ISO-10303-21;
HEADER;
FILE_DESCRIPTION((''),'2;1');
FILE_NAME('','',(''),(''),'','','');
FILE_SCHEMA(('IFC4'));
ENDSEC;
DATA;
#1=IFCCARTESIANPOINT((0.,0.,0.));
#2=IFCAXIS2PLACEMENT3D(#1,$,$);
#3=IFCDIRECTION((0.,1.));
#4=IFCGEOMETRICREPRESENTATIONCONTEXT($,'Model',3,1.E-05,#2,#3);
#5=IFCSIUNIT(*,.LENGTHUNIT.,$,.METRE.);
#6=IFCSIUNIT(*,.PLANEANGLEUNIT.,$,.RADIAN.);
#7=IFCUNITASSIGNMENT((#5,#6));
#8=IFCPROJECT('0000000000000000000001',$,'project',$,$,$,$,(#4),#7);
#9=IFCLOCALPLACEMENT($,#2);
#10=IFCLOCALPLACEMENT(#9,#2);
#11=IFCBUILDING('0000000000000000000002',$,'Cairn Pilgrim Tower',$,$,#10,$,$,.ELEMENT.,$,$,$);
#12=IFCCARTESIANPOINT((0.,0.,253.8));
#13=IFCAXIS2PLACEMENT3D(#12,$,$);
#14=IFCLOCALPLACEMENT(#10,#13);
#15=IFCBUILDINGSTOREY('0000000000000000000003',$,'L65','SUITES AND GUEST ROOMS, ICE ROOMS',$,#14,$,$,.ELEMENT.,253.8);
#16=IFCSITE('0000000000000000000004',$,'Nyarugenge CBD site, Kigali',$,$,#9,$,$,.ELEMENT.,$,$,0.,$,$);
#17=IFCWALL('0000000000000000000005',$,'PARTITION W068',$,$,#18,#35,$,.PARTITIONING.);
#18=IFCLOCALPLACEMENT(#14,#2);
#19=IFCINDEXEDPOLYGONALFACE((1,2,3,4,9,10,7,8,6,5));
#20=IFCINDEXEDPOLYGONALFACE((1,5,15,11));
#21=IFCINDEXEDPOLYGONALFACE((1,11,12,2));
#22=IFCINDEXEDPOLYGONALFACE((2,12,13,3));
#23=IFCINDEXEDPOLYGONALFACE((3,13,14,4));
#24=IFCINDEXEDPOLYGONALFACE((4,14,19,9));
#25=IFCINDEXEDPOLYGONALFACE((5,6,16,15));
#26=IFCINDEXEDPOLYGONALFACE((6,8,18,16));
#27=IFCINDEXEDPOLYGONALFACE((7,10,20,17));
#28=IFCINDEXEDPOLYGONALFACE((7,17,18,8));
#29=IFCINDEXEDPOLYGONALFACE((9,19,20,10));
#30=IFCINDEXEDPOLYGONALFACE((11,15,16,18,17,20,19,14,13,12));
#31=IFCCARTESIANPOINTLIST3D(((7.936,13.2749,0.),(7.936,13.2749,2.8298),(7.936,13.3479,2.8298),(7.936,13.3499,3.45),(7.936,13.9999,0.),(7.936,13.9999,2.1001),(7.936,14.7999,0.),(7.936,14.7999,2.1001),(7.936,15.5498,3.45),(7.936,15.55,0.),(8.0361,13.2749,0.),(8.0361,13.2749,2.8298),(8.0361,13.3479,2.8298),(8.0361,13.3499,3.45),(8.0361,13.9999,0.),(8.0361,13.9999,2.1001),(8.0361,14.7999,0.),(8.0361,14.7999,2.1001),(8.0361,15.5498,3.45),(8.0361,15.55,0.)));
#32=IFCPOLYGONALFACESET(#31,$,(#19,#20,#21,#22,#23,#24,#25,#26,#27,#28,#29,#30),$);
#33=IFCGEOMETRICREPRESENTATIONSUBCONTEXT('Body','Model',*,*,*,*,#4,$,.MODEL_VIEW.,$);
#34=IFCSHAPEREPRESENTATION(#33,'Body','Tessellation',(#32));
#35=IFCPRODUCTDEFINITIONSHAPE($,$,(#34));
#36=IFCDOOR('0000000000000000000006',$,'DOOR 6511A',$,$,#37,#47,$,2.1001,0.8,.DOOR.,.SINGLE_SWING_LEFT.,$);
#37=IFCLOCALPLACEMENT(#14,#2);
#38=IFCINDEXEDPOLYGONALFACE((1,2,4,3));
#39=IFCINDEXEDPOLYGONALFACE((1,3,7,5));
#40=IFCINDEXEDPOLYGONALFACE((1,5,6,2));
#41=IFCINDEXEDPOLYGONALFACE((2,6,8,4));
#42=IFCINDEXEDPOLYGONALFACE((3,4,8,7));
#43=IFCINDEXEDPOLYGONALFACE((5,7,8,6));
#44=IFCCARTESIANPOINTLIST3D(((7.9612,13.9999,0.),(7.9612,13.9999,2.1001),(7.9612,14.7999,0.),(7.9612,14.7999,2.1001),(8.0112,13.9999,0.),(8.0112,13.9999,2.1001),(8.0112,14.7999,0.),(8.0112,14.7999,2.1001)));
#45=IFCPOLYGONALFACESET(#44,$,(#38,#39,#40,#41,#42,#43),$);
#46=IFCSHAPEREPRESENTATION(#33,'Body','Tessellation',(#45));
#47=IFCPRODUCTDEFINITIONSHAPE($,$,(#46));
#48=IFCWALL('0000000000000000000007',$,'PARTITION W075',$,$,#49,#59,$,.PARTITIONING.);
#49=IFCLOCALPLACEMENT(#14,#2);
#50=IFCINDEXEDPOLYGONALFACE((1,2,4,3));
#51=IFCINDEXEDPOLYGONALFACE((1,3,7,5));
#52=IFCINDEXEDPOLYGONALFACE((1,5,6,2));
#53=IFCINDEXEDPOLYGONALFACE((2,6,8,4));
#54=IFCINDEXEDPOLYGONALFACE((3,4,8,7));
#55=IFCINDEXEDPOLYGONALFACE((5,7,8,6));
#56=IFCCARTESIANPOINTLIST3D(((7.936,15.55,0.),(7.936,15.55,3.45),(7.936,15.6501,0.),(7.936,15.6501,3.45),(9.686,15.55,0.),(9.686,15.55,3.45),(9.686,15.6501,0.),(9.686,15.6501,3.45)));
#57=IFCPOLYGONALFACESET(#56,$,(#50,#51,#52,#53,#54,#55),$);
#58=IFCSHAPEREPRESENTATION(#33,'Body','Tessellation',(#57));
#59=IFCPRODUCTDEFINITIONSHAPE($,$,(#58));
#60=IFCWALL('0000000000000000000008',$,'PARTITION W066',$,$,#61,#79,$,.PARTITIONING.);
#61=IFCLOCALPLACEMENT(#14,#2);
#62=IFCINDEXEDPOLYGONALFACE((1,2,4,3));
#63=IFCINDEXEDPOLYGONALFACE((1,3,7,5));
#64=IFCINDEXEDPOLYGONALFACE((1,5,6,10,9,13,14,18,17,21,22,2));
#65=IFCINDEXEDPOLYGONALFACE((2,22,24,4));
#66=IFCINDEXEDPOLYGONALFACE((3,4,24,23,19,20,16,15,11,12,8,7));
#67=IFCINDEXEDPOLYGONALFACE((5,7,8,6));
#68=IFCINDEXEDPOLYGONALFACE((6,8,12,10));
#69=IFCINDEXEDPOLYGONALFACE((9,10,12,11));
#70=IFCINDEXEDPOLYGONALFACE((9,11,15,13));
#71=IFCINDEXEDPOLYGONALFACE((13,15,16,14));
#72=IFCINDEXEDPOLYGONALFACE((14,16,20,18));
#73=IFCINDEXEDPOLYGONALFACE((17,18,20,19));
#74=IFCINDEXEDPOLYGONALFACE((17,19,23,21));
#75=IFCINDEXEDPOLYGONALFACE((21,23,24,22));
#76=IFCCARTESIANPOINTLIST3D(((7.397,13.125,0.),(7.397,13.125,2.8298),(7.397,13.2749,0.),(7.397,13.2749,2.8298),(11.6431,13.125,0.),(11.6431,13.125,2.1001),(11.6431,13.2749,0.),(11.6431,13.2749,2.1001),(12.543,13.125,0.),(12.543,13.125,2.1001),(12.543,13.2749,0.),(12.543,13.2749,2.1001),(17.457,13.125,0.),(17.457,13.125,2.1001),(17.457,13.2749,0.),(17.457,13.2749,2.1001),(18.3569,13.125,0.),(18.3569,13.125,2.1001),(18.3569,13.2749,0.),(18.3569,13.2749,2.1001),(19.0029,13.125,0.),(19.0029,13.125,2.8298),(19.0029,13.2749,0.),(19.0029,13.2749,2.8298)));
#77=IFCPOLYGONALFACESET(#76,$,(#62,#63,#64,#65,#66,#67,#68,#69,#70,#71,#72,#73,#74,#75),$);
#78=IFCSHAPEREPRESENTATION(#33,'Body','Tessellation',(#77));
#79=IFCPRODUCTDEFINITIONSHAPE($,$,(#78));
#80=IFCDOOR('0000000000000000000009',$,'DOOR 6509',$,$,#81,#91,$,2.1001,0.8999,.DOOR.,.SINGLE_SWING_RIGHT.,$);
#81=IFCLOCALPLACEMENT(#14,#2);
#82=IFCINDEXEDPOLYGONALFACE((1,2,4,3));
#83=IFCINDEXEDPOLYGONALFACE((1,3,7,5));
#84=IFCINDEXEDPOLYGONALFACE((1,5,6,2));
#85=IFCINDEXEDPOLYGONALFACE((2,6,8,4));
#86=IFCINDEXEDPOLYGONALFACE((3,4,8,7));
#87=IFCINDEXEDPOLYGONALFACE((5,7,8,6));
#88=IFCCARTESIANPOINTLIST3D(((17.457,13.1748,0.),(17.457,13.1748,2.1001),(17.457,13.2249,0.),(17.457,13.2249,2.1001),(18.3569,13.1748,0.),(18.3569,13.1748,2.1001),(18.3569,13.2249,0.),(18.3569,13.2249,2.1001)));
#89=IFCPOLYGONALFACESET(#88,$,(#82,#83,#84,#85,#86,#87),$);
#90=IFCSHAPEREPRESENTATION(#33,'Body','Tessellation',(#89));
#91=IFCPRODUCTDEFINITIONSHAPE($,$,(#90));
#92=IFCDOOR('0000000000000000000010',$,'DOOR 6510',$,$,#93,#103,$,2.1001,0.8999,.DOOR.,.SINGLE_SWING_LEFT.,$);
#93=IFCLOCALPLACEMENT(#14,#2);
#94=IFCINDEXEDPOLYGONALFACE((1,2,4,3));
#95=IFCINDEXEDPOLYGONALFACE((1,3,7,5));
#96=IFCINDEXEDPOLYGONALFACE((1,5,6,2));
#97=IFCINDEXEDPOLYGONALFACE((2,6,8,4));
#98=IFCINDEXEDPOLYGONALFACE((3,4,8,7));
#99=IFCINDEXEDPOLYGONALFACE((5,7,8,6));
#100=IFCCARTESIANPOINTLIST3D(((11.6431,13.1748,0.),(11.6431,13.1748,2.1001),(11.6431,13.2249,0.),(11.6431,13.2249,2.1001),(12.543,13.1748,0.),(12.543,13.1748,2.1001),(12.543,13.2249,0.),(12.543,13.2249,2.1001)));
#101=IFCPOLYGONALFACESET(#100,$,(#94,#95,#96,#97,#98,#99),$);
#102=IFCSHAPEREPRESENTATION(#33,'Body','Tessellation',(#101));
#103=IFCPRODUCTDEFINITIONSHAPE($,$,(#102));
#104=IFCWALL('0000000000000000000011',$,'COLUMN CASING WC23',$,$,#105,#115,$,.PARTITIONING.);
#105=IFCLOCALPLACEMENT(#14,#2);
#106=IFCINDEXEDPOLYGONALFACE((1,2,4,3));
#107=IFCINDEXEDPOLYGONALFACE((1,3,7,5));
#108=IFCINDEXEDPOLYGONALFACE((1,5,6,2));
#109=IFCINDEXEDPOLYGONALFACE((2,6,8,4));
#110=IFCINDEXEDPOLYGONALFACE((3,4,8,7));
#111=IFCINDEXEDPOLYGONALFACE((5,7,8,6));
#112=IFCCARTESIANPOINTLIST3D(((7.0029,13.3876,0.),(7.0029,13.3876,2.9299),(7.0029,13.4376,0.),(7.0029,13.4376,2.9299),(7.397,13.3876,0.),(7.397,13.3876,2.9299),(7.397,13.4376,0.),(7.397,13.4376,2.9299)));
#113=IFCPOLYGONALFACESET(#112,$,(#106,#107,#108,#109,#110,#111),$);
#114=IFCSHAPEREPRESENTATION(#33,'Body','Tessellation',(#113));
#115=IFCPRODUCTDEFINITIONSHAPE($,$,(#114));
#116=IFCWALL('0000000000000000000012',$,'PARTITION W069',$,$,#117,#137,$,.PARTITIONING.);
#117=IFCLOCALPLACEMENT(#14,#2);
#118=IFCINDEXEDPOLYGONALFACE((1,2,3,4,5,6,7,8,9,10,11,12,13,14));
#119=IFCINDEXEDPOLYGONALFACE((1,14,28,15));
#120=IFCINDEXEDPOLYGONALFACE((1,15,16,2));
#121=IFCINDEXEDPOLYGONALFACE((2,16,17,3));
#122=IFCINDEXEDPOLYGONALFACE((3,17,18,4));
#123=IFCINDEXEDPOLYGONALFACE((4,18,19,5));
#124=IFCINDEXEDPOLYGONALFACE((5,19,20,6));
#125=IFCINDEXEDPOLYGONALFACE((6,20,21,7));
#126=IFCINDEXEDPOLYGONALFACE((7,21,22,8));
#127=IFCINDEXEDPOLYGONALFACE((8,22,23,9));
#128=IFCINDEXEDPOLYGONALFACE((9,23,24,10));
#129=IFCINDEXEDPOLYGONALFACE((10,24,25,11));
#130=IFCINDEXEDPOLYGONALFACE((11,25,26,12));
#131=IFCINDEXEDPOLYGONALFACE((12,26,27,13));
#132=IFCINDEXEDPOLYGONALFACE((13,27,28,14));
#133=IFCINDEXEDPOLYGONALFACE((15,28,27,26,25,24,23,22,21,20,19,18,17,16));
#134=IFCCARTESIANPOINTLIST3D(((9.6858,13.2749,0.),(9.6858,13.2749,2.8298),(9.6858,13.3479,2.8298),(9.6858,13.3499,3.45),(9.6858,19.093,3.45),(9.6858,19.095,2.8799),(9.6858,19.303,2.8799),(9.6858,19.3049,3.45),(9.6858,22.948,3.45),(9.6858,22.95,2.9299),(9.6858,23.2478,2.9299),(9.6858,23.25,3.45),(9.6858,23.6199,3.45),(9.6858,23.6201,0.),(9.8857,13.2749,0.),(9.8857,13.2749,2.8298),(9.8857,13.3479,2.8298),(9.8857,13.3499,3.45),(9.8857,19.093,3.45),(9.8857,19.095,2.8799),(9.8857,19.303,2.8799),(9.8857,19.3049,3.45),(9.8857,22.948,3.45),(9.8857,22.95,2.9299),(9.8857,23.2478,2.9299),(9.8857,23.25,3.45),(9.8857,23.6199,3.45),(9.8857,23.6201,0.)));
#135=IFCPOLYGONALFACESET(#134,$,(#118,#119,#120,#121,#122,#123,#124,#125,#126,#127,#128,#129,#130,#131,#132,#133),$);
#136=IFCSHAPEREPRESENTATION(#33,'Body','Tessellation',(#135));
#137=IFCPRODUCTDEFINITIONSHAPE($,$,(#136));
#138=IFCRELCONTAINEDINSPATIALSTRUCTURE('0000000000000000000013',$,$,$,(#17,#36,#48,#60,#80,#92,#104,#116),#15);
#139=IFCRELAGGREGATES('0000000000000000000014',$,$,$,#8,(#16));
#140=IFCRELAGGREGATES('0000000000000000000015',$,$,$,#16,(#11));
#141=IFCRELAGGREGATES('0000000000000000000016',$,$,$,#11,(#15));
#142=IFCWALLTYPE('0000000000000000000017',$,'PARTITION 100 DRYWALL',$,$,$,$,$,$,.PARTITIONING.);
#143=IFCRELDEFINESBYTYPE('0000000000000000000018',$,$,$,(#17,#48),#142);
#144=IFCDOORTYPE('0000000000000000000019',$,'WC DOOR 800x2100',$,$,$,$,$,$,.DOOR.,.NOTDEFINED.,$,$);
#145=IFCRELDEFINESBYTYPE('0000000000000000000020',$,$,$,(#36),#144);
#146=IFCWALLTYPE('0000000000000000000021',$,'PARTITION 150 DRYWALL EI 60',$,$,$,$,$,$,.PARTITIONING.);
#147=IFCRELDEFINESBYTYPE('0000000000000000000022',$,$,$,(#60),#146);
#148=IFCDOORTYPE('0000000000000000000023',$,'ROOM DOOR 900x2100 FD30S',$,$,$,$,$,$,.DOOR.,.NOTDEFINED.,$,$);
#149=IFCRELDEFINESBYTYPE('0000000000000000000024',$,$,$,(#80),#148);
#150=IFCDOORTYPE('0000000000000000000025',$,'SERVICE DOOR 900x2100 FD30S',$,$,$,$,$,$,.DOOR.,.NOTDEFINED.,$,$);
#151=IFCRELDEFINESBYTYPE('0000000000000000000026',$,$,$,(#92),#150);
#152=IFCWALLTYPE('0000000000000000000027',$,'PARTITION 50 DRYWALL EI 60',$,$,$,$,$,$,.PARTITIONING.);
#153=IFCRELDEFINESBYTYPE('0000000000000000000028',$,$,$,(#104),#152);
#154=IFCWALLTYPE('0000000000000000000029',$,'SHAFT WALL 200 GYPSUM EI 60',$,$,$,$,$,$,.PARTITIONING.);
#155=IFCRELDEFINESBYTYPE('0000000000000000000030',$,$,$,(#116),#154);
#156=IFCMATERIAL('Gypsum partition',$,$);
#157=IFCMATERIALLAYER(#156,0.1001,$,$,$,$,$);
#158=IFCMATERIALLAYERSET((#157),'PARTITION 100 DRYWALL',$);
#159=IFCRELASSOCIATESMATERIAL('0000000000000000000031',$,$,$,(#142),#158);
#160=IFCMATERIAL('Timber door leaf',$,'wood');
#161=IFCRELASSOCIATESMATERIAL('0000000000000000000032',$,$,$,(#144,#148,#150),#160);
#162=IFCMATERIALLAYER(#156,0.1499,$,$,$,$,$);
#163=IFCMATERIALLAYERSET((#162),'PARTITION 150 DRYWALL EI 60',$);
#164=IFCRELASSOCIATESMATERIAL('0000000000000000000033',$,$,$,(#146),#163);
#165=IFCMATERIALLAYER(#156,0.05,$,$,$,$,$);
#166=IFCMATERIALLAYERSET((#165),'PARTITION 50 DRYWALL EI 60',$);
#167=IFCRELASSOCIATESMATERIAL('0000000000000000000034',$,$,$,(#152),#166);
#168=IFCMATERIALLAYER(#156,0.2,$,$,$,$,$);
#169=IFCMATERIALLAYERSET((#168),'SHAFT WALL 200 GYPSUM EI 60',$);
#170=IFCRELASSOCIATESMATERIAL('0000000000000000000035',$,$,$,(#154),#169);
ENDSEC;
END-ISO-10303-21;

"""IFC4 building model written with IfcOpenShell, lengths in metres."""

from ifc_helpers import new_model, si_unit, direction, frame, frame_2d, origin, place, context, subcontext, project, spatial, polyline, rectangle, outline, extrude, material, layer, layer_set, type_object, element, fill, save


model = new_model("IFC4")

# Units and contexts
model_context = context("Model", 3, precision=1e-05, world=origin(), true_north=direction((0.0, 1.0)))
body_context = subcontext(model_context, "Body", "Model", "MODEL_VIEW")
ifc_project = project(units=[si_unit("LENGTHUNIT", "METRE"), si_unit("PLANEANGLEUNIT", "RADIAN")], contexts=[model_context])

# Site, building, storey
site_placement = place(None, origin())
site = spatial("IfcSite", under=ifc_project, at=site_placement, Name="Nyarugenge CBD site, Kigali", CompositionType="ELEMENT", RefElevation=0.0)
building_placement = place(site_placement, origin())
building = spatial("IfcBuilding", under=site, at=building_placement, Name="Cairn Pilgrim Tower", CompositionType="ELEMENT")
storey_placement = place(building_placement, frame((0.0, 0.0, 253.8)))
storey = spatial("IfcBuildingStorey", under=building, at=storey_placement, Name="L65", Description="SUITES AND GUEST ROOMS, ICE ROOMS", CompositionType="ELEMENT", Elevation=253.8)

# Wall, opening, door
ifc_material_1 = material(Name="Gypsum partition")
ifc_layer_1 = layer(ifc_material_1, 0.1001)
ifc_layer_set_1 = layer_set([ifc_layer_1], Name="PARTITION 100 DRYWALL")
wall_type_1 = type_object("IfcWallType", Name="PARTITION 100 DRYWALL", PredefinedType="PARTITIONING", material=ifc_layer_set_1)
wall_1_placement = place(storey_placement, frame((7.9861, 13.2749, 0.0), z_axis=(0.0, 0.0, 1.0), x_axis=(0.0, 1.0, 0.0)))
wall_1 = element("IfcWall", 1, at=wall_1_placement, inside=storey, type_object=wall_type_1, Name="PARTITION W068", PredefinedType="PARTITIONING", context=body_context, shape_type="SweptSolid", body=[
    extrude(outline(polyline([(0.0, 0.0), (2.2751, 0.0), (2.2749, 3.45), (0.075, 3.45), (0.073, 2.8298), (0.0, 2.8298), (0.0, 0.0)])), frame((0.0, 0.05, 0.0), z_axis=(0.0, -1.0, 0.0), x_axis=(1.0, 0.0, 0.0)), (0.0, 0.0, 1.0), 0.1001),
])
opening_1_placement = place(wall_1_placement, frame((0.7251, 0.0, 0.0)))
opening_1 = element("IfcOpeningElement", 2, at=opening_1_placement, cuts=wall_1, PredefinedType="OPENING", context=body_context, shape_type="SweptSolid", body=[
    extrude(rectangle(XDim=0.8, YDim=2.1001, at=frame_2d((0.3999, 1.05))), frame((0.0, 0.0601, 0.0), z_axis=(0.0, -1.0, 0.0), x_axis=(1.0, 0.0, 0.0)), (0.0, 0.0, 1.0), 0.1201),
])
ifc_material_2 = material(Name="Timber door leaf", Category="wood")
door_type_1 = type_object("IfcDoorType", Name="WC DOOR 800x2100", OperationType="NOTDEFINED", PredefinedType="DOOR", material=ifc_material_2)
door_1_placement = place(opening_1_placement, origin())
door_1 = element("IfcDoor", 3, at=door_1_placement, inside=storey, type_object=door_type_1, Name="DOOR 6511A", OperationType="SINGLE_SWING_LEFT", OverallHeight=2.1001, OverallWidth=0.8, PredefinedType="DOOR", context=body_context, shape_type="SweptSolid", body=[
    extrude(rectangle(XDim=0.8, YDim=2.1001, at=frame_2d((0.3999, 1.05))), frame((0.0, 0.0249, 0.0), z_axis=(0.0, -1.0, 0.0), x_axis=(1.0, 0.0, 0.0)), (0.0, 0.0, 1.0), 0.05),
])
fill(opening_1, door_1)

# Wall
wall_2_placement = place(storey_placement, frame((7.936, 15.6001, 0.0), z_axis=(0.0, 0.0, 1.0), x_axis=(1.0, 0.0, 0.0)))
element("IfcWall", 4, at=wall_2_placement, inside=storey, type_object=wall_type_1, Name="PARTITION W075", PredefinedType="PARTITIONING", context=body_context, shape_type="SweptSolid", body=[
    extrude(rectangle(XDim=1.75, YDim=0.1001, at=frame_2d((0.875, 0.0))), origin(), (0.0, 0.0, 1.0), 3.45),
])

# Wall, openings, doors
ifc_layer_2 = layer(ifc_material_1, 0.1499)
ifc_layer_set_2 = layer_set([ifc_layer_2], Name="PARTITION 150 DRYWALL EI 60")
wall_type_2 = type_object("IfcWallType", Name="PARTITION 150 DRYWALL EI 60", PredefinedType="PARTITIONING", material=ifc_layer_set_2)
wall_3_placement = place(storey_placement, frame((7.397, 13.2, 0.0), z_axis=(0.0, 0.0, 1.0), x_axis=(1.0, 0.0, 0.0)))
wall_3 = element("IfcWall", 5, at=wall_3_placement, inside=storey, type_object=wall_type_2, Name="PARTITION W066", PredefinedType="PARTITIONING", context=body_context, shape_type="SweptSolid", body=[
    extrude(rectangle(XDim=11.606, YDim=0.1499, at=frame_2d((5.803, 0.0))), origin(), (0.0, 0.0, 1.0), 2.8298),
])
opening_2_placement = place(wall_3_placement, frame((10.0601, 0.0, 0.0)))
opening_2 = element("IfcOpeningElement", 6, at=opening_2_placement, cuts=wall_3, PredefinedType="OPENING", context=body_context, shape_type="SweptSolid", body=[
    extrude(rectangle(XDim=0.8999, YDim=2.1001, at=frame_2d((0.45, 1.05))), frame((0.0, 0.085, 0.0), z_axis=(0.0, -1.0, 0.0), x_axis=(1.0, 0.0, 0.0)), (0.0, 0.0, 1.0), 0.1699),
])
opening_3_placement = place(wall_3_placement, frame((4.2461, 0.0, 0.0)))
opening_3 = element("IfcOpeningElement", 7, at=opening_3_placement, cuts=wall_3, PredefinedType="OPENING", context=body_context, shape_type="SweptSolid", body=[
    extrude(rectangle(XDim=0.8999, YDim=2.1001, at=frame_2d((0.45, 1.05))), frame((0.0, 0.085, 0.0), z_axis=(0.0, -1.0, 0.0), x_axis=(1.0, 0.0, 0.0)), (0.0, 0.0, 1.0), 0.1699),
])
door_type_2 = type_object("IfcDoorType", Name="ROOM DOOR 900x2100 FD30S", OperationType="NOTDEFINED", PredefinedType="DOOR", material=ifc_material_2)
door_2_placement = place(opening_2_placement, origin())
door_2 = element("IfcDoor", 8, at=door_2_placement, inside=storey, type_object=door_type_2, Name="DOOR 6509", OperationType="SINGLE_SWING_RIGHT", OverallHeight=2.1001, OverallWidth=0.8999, PredefinedType="DOOR", context=body_context, shape_type="SweptSolid", body=[
    extrude(rectangle(XDim=0.8999, YDim=2.1001, at=frame_2d((0.45, 1.05))), frame((0.0, 0.0249, 0.0), z_axis=(0.0, -1.0, 0.0), x_axis=(1.0, 0.0, 0.0)), (0.0, 0.0, 1.0), 0.05),
])
fill(opening_2, door_2)
door_type_3 = type_object("IfcDoorType", Name="SERVICE DOOR 900x2100 FD30S", OperationType="NOTDEFINED", PredefinedType="DOOR", material=ifc_material_2)
door_3_placement = place(opening_3_placement, origin())
door_3 = element("IfcDoor", 9, at=door_3_placement, inside=storey, type_object=door_type_3, Name="DOOR 6510", OperationType="SINGLE_SWING_LEFT", OverallHeight=2.1001, OverallWidth=0.8999, PredefinedType="DOOR", context=body_context, shape_type="SweptSolid", body=[
    extrude(rectangle(XDim=0.8999, YDim=2.1001, at=frame_2d((0.45, 1.05))), frame((0.0, 0.0249, 0.0), z_axis=(0.0, -1.0, 0.0), x_axis=(1.0, 0.0, 0.0)), (0.0, 0.0, 1.0), 0.05),
])
fill(opening_3, door_3)

# Walls
ifc_layer_3 = layer(ifc_material_1, 0.05)
ifc_layer_set_3 = layer_set([ifc_layer_3], Name="PARTITION 50 DRYWALL EI 60")
wall_type_3 = type_object("IfcWallType", Name="PARTITION 50 DRYWALL EI 60", PredefinedType="PARTITIONING", material=ifc_layer_set_3)
wall_4_placement = place(storey_placement, frame((7.0029, 13.4126, 0.0), z_axis=(0.0, 0.0, 1.0), x_axis=(1.0, 0.0, 0.0)))
element("IfcWall", 10, at=wall_4_placement, inside=storey, type_object=wall_type_3, Name="COLUMN CASING WC23", PredefinedType="PARTITIONING", context=body_context, shape_type="SweptSolid", body=[
    extrude(rectangle(XDim=0.394, YDim=0.05, at=frame_2d((0.197, 0.0))), origin(), (0.0, 0.0, 1.0), 2.9299),
])
ifc_layer_4 = layer(ifc_material_1, 0.2)
ifc_layer_set_4 = layer_set([ifc_layer_4], Name="SHAFT WALL 200 GYPSUM EI 60")
wall_type_4 = type_object("IfcWallType", Name="SHAFT WALL 200 GYPSUM EI 60", PredefinedType="PARTITIONING", material=ifc_layer_set_4)
wall_5_placement = place(storey_placement, frame((9.7859, 13.2749, 0.0), z_axis=(0.0, 0.0, 1.0), x_axis=(0.0, 1.0, 0.0)))
element("IfcWall", 11, at=wall_5_placement, inside=storey, type_object=wall_type_4, Name="PARTITION W069", PredefinedType="PARTITIONING", context=body_context, shape_type="SweptSolid", body=[
    extrude(outline(polyline([(0.0, 0.0), (10.3452, 0.0), (10.345, 3.45), (9.9751, 3.45), (9.9729, 2.9299), (9.675, 2.9299), (9.6731, 3.45), (6.03, 3.45), (6.0281, 2.8799), (5.8201, 2.8799), (5.8181, 3.45), (0.075, 3.45), (0.073, 2.8298), (0.0, 2.8298), (0.0, 0.0)])), frame((0.0, 0.1001, 0.0), z_axis=(0.0, -1.0, 0.0), x_axis=(1.0, 0.0, 0.0)), (0.0, 0.0, 1.0), 0.2),
])

save(model, "model.ifc")
